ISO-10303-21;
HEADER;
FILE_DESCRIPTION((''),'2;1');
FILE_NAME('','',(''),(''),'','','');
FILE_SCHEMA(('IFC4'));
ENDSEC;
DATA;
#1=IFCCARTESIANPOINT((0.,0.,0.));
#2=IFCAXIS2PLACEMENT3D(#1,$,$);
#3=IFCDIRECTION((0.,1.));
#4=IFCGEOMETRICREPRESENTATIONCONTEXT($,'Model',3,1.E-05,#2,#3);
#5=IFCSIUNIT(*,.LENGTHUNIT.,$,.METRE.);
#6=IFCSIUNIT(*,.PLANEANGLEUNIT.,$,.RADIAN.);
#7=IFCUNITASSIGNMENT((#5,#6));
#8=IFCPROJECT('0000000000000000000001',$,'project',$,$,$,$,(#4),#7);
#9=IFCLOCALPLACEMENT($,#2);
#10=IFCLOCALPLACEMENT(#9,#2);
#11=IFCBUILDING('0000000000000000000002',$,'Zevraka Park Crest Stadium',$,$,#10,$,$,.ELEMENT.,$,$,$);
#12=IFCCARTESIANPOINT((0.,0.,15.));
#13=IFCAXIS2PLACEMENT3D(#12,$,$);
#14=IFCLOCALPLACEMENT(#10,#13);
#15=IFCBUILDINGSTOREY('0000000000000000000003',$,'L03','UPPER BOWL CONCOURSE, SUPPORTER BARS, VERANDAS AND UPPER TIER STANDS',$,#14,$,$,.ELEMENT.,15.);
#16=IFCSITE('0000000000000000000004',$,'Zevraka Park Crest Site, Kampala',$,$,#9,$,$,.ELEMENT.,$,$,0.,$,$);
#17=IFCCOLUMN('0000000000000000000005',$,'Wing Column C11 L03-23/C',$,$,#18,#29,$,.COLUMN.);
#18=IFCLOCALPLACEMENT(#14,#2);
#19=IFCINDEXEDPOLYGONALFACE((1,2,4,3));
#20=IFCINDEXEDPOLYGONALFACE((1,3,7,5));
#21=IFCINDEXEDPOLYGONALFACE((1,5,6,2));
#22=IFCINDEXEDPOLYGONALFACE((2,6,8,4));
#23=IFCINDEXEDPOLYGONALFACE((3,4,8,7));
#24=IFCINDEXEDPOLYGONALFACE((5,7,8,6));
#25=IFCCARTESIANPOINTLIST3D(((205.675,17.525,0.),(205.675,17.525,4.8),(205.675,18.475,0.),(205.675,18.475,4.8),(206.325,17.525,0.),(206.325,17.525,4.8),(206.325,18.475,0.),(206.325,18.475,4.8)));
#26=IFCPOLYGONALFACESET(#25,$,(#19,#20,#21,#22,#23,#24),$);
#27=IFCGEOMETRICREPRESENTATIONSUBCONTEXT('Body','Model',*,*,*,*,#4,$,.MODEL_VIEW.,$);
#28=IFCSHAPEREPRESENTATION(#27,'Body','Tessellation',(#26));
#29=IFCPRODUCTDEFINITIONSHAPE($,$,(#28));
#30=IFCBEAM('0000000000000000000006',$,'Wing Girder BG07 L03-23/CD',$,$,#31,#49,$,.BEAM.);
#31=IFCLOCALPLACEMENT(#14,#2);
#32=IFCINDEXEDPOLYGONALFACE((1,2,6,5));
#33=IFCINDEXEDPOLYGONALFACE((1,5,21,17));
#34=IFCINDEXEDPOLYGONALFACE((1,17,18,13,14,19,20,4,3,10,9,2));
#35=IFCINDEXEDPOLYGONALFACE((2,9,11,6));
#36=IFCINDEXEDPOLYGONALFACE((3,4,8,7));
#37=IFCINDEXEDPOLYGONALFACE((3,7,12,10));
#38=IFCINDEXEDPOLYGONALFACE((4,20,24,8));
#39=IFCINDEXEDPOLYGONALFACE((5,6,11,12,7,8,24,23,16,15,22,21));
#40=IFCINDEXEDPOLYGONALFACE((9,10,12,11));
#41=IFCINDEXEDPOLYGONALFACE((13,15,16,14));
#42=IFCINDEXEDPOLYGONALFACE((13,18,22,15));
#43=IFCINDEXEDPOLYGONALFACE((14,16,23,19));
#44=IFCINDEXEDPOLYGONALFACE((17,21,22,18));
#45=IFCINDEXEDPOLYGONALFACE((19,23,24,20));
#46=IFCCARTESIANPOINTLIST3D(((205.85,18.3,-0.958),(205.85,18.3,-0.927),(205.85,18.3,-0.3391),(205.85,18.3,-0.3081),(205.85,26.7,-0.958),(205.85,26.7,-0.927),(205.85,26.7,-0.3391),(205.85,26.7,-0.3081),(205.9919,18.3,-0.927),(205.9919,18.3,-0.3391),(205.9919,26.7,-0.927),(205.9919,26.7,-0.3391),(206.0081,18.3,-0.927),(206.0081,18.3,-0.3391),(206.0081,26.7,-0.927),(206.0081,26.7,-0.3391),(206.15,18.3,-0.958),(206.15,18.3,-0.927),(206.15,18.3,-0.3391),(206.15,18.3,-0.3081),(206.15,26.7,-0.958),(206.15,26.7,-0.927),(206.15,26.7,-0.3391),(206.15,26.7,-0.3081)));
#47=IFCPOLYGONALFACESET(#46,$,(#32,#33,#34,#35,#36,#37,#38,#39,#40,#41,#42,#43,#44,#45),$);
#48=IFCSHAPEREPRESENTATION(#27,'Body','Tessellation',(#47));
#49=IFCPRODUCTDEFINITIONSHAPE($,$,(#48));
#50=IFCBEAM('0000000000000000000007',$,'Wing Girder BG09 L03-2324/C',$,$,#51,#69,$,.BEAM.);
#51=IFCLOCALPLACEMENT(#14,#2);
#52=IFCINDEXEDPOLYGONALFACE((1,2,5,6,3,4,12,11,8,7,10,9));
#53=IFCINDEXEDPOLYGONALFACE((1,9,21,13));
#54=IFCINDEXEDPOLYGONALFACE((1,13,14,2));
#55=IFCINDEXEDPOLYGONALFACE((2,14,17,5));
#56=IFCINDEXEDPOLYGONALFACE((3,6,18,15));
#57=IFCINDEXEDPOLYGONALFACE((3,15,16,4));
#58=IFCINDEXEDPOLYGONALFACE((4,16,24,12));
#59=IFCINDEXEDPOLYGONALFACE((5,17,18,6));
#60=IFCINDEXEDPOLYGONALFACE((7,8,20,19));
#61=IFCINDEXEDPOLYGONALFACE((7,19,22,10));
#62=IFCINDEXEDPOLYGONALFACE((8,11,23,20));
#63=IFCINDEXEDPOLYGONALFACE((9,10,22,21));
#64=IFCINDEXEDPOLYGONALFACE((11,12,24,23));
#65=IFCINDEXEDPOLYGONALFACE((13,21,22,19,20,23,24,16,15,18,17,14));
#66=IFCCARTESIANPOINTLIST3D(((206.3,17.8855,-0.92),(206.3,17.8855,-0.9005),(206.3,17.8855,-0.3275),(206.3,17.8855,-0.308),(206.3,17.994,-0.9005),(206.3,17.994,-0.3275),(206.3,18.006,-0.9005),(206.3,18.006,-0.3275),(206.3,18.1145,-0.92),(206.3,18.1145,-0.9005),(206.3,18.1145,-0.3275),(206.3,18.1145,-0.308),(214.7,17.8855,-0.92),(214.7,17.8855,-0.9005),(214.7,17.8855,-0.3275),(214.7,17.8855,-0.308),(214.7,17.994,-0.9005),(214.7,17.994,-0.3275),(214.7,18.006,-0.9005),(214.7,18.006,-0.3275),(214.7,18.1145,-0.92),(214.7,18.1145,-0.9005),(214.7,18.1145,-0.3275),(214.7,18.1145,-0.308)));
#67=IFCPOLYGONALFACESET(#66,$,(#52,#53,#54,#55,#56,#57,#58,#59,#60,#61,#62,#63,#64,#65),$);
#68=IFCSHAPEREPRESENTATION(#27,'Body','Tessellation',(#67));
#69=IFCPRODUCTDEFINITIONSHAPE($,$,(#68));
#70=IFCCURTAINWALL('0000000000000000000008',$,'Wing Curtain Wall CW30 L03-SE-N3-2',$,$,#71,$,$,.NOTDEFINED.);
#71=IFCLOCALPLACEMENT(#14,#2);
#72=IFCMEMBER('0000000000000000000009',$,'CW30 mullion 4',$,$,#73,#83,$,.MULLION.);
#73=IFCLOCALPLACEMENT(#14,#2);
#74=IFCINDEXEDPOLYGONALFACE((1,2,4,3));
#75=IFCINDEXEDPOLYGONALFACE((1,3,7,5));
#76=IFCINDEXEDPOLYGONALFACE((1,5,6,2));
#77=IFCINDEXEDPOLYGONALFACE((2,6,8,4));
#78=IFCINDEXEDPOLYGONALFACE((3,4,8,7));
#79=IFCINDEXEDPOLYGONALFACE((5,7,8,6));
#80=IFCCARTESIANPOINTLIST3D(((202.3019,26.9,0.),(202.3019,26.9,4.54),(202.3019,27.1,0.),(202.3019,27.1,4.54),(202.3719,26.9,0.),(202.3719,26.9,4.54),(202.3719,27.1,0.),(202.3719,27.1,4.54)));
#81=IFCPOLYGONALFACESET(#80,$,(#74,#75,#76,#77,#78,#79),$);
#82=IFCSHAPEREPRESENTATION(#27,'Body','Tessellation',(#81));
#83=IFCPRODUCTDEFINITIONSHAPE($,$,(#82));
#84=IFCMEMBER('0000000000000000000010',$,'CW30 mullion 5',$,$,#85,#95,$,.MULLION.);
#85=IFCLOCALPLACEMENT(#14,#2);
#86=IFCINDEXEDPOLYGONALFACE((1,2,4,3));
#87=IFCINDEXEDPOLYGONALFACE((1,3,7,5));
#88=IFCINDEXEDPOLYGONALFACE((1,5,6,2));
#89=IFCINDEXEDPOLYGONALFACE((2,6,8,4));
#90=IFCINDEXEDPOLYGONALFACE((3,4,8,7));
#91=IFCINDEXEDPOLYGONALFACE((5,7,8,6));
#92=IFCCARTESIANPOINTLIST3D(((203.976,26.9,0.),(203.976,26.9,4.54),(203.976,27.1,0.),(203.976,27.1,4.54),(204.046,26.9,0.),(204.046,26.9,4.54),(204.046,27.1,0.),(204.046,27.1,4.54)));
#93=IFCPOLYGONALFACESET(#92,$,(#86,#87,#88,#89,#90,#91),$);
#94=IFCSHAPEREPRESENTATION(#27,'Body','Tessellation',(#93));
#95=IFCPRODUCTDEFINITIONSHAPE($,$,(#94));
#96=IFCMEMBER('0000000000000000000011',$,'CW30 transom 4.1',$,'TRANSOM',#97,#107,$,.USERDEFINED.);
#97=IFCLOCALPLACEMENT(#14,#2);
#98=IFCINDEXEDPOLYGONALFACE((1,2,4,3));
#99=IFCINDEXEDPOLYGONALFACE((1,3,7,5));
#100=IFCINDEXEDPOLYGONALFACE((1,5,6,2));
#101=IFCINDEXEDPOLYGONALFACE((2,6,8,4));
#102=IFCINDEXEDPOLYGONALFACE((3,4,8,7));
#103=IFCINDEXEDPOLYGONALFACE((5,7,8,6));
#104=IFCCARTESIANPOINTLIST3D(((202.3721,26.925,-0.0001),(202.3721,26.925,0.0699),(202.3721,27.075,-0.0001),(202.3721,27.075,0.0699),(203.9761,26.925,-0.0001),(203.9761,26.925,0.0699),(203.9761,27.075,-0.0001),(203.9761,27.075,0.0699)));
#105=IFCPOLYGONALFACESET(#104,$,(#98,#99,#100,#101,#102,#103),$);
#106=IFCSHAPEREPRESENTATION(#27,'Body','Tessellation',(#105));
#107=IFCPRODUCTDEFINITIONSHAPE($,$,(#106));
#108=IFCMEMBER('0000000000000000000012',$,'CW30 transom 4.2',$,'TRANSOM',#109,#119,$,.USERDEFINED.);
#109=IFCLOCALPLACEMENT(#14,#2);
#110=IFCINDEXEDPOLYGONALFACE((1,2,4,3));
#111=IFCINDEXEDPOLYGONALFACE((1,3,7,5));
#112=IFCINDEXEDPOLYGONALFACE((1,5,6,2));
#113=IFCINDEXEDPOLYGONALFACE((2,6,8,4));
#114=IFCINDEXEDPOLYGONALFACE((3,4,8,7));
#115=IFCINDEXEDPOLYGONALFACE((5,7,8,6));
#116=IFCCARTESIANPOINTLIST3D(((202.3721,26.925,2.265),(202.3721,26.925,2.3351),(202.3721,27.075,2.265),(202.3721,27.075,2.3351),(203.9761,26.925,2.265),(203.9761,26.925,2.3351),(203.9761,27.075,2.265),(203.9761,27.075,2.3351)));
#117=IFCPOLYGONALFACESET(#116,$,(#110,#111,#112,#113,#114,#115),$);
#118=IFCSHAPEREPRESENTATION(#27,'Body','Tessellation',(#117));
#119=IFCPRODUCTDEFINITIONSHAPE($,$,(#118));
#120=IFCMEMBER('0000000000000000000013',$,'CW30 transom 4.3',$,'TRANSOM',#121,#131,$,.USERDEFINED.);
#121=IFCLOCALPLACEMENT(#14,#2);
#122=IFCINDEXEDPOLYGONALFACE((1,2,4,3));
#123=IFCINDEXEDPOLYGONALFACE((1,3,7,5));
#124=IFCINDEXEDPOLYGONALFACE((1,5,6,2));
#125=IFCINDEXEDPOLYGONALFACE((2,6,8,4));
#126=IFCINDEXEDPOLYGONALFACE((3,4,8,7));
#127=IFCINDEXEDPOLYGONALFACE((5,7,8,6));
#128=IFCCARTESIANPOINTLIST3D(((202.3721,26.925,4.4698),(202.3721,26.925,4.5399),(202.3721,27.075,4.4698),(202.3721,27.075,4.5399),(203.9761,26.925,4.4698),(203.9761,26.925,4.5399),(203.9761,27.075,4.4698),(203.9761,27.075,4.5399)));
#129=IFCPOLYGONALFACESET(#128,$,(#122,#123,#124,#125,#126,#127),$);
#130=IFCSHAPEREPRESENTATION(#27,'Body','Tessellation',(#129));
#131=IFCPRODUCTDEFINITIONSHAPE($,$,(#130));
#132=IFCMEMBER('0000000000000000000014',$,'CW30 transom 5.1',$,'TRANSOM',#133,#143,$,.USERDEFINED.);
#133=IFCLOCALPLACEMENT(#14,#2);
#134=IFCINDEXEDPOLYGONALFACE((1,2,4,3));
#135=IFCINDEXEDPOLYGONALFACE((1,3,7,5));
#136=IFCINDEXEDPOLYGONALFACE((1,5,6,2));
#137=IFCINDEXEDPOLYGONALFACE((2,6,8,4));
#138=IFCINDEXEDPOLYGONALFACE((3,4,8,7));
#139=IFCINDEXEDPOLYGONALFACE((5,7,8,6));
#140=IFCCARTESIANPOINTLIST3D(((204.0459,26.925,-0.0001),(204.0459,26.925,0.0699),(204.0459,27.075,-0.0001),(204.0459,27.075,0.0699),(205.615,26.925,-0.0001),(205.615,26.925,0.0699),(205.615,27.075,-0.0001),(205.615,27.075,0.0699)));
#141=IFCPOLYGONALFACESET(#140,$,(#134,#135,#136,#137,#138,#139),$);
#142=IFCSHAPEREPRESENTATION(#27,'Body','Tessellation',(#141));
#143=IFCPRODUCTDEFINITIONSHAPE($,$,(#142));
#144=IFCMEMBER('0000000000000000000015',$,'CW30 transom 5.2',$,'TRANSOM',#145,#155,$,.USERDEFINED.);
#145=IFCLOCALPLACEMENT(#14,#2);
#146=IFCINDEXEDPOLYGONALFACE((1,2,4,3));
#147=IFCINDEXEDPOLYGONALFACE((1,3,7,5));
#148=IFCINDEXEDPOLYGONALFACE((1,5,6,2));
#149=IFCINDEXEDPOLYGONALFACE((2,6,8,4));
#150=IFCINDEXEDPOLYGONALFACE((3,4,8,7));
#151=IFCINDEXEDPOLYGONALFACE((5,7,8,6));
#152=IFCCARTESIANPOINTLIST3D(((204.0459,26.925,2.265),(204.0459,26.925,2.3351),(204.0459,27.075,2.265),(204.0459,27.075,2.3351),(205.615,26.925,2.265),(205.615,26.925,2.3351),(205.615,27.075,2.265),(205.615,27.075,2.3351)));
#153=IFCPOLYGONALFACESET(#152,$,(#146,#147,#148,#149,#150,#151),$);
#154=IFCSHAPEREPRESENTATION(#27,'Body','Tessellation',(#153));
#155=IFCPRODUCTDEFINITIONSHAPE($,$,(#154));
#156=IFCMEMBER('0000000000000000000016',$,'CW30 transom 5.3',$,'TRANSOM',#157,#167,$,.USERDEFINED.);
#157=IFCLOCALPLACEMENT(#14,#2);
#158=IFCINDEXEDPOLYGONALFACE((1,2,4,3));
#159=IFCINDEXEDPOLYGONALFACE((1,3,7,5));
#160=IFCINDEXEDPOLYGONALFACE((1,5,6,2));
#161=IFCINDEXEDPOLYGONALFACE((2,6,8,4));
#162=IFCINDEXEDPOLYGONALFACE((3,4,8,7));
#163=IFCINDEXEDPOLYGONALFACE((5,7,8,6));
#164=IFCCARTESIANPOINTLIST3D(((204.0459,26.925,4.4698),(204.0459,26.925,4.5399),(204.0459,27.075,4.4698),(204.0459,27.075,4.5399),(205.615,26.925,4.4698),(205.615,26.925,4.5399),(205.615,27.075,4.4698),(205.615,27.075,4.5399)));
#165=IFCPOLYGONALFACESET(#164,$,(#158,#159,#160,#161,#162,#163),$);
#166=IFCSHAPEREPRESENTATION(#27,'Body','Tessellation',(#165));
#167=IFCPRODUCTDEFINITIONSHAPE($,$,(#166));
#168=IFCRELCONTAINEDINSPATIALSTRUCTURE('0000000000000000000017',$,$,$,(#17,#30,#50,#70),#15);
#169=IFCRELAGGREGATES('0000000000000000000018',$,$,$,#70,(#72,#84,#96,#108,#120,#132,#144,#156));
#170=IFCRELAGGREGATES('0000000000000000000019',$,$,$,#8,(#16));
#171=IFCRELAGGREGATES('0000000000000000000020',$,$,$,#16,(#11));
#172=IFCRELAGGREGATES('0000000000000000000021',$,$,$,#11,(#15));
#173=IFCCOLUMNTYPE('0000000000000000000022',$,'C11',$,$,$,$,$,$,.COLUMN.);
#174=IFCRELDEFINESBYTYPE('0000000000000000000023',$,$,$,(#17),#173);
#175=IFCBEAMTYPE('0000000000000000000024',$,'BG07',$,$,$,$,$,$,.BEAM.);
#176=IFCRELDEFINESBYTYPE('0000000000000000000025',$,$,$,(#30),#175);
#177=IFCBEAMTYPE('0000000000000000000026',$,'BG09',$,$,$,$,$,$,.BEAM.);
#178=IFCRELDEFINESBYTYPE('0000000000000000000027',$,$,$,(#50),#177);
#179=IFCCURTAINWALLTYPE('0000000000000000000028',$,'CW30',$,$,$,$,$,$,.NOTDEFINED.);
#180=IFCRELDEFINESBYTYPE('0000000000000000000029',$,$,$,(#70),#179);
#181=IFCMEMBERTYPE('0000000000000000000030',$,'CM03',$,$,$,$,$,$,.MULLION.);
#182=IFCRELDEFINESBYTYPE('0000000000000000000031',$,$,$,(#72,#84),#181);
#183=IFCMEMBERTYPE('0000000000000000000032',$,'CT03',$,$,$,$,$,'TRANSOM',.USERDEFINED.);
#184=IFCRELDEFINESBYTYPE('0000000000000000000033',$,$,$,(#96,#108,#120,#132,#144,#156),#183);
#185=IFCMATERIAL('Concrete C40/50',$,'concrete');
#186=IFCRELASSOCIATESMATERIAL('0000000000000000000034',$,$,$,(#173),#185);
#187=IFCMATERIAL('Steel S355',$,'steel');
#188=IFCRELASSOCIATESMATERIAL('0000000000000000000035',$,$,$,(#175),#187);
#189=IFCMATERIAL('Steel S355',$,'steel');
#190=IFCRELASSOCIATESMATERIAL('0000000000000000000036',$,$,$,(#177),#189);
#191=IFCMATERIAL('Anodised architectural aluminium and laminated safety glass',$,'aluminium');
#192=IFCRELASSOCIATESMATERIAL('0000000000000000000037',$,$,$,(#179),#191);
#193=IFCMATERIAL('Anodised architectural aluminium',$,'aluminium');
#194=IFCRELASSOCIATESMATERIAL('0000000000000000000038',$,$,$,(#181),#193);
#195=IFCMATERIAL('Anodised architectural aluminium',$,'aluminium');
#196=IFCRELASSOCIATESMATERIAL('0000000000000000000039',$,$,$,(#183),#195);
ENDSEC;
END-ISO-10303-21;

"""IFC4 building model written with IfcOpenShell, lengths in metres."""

from ifc_helpers import new_model, si_unit, direction, frame, origin, origin_2d, place, context, subcontext, project, spatial, rectangle, i_section, extrude, material, material_profile, profile_set, type_object, element, aggregate, save


model = new_model("IFC4")

# Units and contexts
model_context = context("Model", 3, precision=1e-05, world=origin(), true_north=direction((0.0, 1.0)))
body_context = subcontext(model_context, "Body", "Model", "MODEL_VIEW")
ifc_project = project(units=[si_unit("LENGTHUNIT", "METRE"), si_unit("PLANEANGLEUNIT", "RADIAN")], contexts=[model_context])

# Site, building, storey
site_placement = place(None, origin())
site = spatial("IfcSite", under=ifc_project, at=site_placement, Name="Zevraka Park Crest Site, Kampala", CompositionType="ELEMENT", RefElevation=0.0)
building_placement = place(site_placement, origin())
building = spatial("IfcBuilding", under=site, at=building_placement, Name="Zevraka Park Crest Stadium", CompositionType="ELEMENT")
storey_placement = place(building_placement, frame((0.0, 0.0, 15.0)))
storey = spatial("IfcBuildingStorey", under=building, at=storey_placement, Name="L03", Description="UPPER BOWL CONCOURSE, SUPPORTER BARS, VERANDAS AND UPPER TIER STANDS", CompositionType="ELEMENT", Elevation=15.0)

# Column
ifc_material_1 = material(Name="Concrete C40/50", Category="concrete")
ifc_material_profile_1 = material_profile(ifc_material_1, rectangle(XDim=0.6499, YDim=0.95, at=origin_2d()), Name="RC 950x650")
ifc_profile_set_1 = profile_set([ifc_material_profile_1], Name="Concrete C40/50")
column_type = type_object("IfcColumnType", Name="C11", PredefinedType="COLUMN", material=ifc_profile_set_1)
column_placement = place(storey_placement, frame((206.0, 18.0, 0.0), z_axis=(0.0, 0.0, 1.0), x_axis=(1.0, 0.0, 0.0)))
element("IfcColumn", 1, at=column_placement, inside=storey, type_object=column_type, Name="Wing Column C11 L03-23/C", PredefinedType="COLUMN", context=body_context, shape_type="SweptSolid", body=[
    extrude(rectangle(XDim=0.6499, YDim=0.95, at=origin_2d()), origin(), (0.0, 0.0, 1.0), 4.8),
])

# Beams
ifc_material_2 = material(Name="Steel S355", Category="steel")
ifc_material_profile_2 = material_profile(ifc_material_2, i_section(OverallWidth=0.3, OverallDepth=0.6499, WebThickness=0.0161, FlangeThickness=0.031, at=origin_2d()), Name="HEB 650")
ifc_profile_set_2 = profile_set([ifc_material_profile_2], Name="Steel S355")
beam_type_1 = type_object("IfcBeamType", Name="BG07", PredefinedType="BEAM", material=ifc_profile_set_2)
beam_1_placement = place(storey_placement, frame((206.0, 18.3, -0.6331), z_axis=(0.0, 1.0, 0.0), x_axis=(-1.0, 0.0, 0.0)))
element("IfcBeam", 2, at=beam_1_placement, inside=storey, type_object=beam_type_1, Name="Wing Girder BG07 L03-23/CD", PredefinedType="BEAM", context=body_context, shape_type="SweptSolid", body=[
    extrude(i_section(OverallWidth=0.3, OverallDepth=0.6499, WebThickness=0.0161, FlangeThickness=0.031, at=origin_2d()), origin(), (0.0, 0.0, 1.0), 8.3999),
])
ifc_material_3 = material(Name="Steel S355", Category="steel")
ifc_material_profile_3 = material_profile(ifc_material_3, i_section(OverallWidth=0.229, OverallDepth=0.6121, WebThickness=0.012, FlangeThickness=0.0195, at=origin_2d()), Name="UKB 610x229x125")
ifc_profile_set_3 = profile_set([ifc_material_profile_3], Name="Steel S355")
beam_type_2 = type_object("IfcBeamType", Name="BG09", PredefinedType="BEAM", material=ifc_profile_set_3)
beam_2_placement = place(storey_placement, frame((206.3, 18.0, -0.614), z_axis=(1.0, 0.0, 0.0), x_axis=(0.0, 1.0, 0.0)))
element("IfcBeam", 3, at=beam_2_placement, inside=storey, type_object=beam_type_2, Name="Wing Girder BG09 L03-2324/C", PredefinedType="BEAM", context=body_context, shape_type="SweptSolid", body=[
    extrude(i_section(OverallWidth=0.229, OverallDepth=0.6121, WebThickness=0.012, FlangeThickness=0.0195, at=origin_2d()), origin(), (0.0, 0.0, 1.0), 8.3999),
])

# Curtain wall, members
ifc_material_4 = material(Name="Anodised architectural aluminium and laminated safety glass", Category="aluminium")
curtain_wall_type = type_object("IfcCurtainWallType", Name="CW30", PredefinedType="NOTDEFINED", material=ifc_material_4)
curtain_wall_placement = place(storey_placement, origin())
curtain_wall = element("IfcCurtainWall", 4, at=curtain_wall_placement, inside=storey, type_object=curtain_wall_type, Name="Wing Curtain Wall CW30 L03-SE-N3-2", PredefinedType="NOTDEFINED")
ifc_material_5 = material(Name="Anodised architectural aluminium", Category="aluminium")
ifc_material_profile_4 = material_profile(ifc_material_5, rectangle(XDim=0.2, YDim=0.0701, at=origin_2d()), Name="ALU MULLION 200x70")
ifc_profile_set_4 = profile_set([ifc_material_profile_4], Name="Anodised architectural aluminium")
member_type_1 = type_object("IfcMemberType", Name="CM03", PredefinedType="MULLION", material=ifc_profile_set_4)
member_1_placement = place(storey_placement, frame((202.3369, 27.0, 0.0), z_axis=(0.0, 0.0, 1.0), x_axis=(0.0, 1.0, 0.0)))
member_1 = element("IfcMember", 5, at=member_1_placement, type_object=member_type_1, Name="CW30 mullion 4", PredefinedType="MULLION", context=body_context, shape_type="SweptSolid", body=[
    extrude(rectangle(XDim=0.2, YDim=0.0701, at=origin_2d()), origin(), (0.0, 0.0, 1.0), 4.54),
])
member_2_placement = place(storey_placement, frame((204.011, 27.0, 0.0), z_axis=(0.0, 0.0, 1.0), x_axis=(0.0, 1.0, 0.0)))
member_2 = element("IfcMember", 6, at=member_2_placement, type_object=member_type_1, Name="CW30 mullion 5", PredefinedType="MULLION", context=body_context, shape_type="SweptSolid", body=[
    extrude(rectangle(XDim=0.2, YDim=0.0701, at=origin_2d()), origin(), (0.0, 0.0, 1.0), 4.54),
])
ifc_material_6 = material(Name="Anodised architectural aluminium", Category="aluminium")
ifc_material_profile_5 = material_profile(ifc_material_6, rectangle(XDim=0.1499, YDim=0.0701, at=origin_2d()), Name="ALU TRANSOM 150x70")
ifc_profile_set_5 = profile_set([ifc_material_profile_5], Name="Anodised architectural aluminium")
member_type_2 = type_object("IfcMemberType", Name="CT03", ElementType="TRANSOM", PredefinedType="USERDEFINED", material=ifc_profile_set_5)
member_3_placement = place(storey_placement, frame((202.3721, 27.0, 0.0349), z_axis=(1.0, 0.0, 0.0), x_axis=(0.0, 1.0, 0.0)))
member_3 = element("IfcMember", 7, at=member_3_placement, type_object=member_type_2, Name="CW30 transom 4.1", ObjectType="TRANSOM", PredefinedType="USERDEFINED", context=body_context, shape_type="SweptSolid", body=[
    extrude(rectangle(XDim=0.1499, YDim=0.0701, at=origin_2d()), origin(), (0.0, 0.0, 1.0), 1.604),
])
member_4_placement = place(storey_placement, frame((202.3721, 27.0, 2.3), z_axis=(1.0, 0.0, 0.0), x_axis=(0.0, 1.0, 0.0)))
member_4 = element("IfcMember", 8, at=member_4_placement, type_object=member_type_2, Name="CW30 transom 4.2", ObjectType="TRANSOM", PredefinedType="USERDEFINED", context=body_context, shape_type="SweptSolid", body=[
    extrude(rectangle(XDim=0.1499, YDim=0.0701, at=origin_2d()), origin(), (0.0, 0.0, 1.0), 1.604),
])
member_5_placement = place(storey_placement, frame((202.3721, 27.0, 4.5049), z_axis=(1.0, 0.0, 0.0), x_axis=(0.0, 1.0, 0.0)))
member_5 = element("IfcMember", 9, at=member_5_placement, type_object=member_type_2, Name="CW30 transom 4.3", ObjectType="TRANSOM", PredefinedType="USERDEFINED", context=body_context, shape_type="SweptSolid", body=[
    extrude(rectangle(XDim=0.1499, YDim=0.0701, at=origin_2d()), origin(), (0.0, 0.0, 1.0), 1.604),
])
member_6_placement = place(storey_placement, frame((204.0459, 27.0, 0.0349), z_axis=(1.0, 0.0, 0.0), x_axis=(0.0, 1.0, 0.0)))
member_6 = element("IfcMember", 10, at=member_6_placement, type_object=member_type_2, Name="CW30 transom 5.1", ObjectType="TRANSOM", PredefinedType="USERDEFINED", context=body_context, shape_type="SweptSolid", body=[
    extrude(rectangle(XDim=0.1499, YDim=0.0701, at=origin_2d()), origin(), (0.0, 0.0, 1.0), 1.5691),
])
member_7_placement = place(storey_placement, frame((204.0459, 27.0, 2.3), z_axis=(1.0, 0.0, 0.0), x_axis=(0.0, 1.0, 0.0)))
member_7 = element("IfcMember", 11, at=member_7_placement, type_object=member_type_2, Name="CW30 transom 5.2", ObjectType="TRANSOM", PredefinedType="USERDEFINED", context=body_context, shape_type="SweptSolid", body=[
    extrude(rectangle(XDim=0.1499, YDim=0.0701, at=origin_2d()), origin(), (0.0, 0.0, 1.0), 1.5691),
])
member_8_placement = place(storey_placement, frame((204.0459, 27.0, 4.5049), z_axis=(1.0, 0.0, 0.0), x_axis=(0.0, 1.0, 0.0)))
member_8 = element("IfcMember", 12, at=member_8_placement, type_object=member_type_2, Name="CW30 transom 5.3", ObjectType="TRANSOM", PredefinedType="USERDEFINED", context=body_context, shape_type="SweptSolid", body=[
    extrude(rectangle(XDim=0.1499, YDim=0.0701, at=origin_2d()), origin(), (0.0, 0.0, 1.0), 1.5691),
])

aggregate(curtain_wall, [member_1, member_2, member_3, member_4, member_5, member_6, member_7, member_8])

save(model, "model.ifc")
